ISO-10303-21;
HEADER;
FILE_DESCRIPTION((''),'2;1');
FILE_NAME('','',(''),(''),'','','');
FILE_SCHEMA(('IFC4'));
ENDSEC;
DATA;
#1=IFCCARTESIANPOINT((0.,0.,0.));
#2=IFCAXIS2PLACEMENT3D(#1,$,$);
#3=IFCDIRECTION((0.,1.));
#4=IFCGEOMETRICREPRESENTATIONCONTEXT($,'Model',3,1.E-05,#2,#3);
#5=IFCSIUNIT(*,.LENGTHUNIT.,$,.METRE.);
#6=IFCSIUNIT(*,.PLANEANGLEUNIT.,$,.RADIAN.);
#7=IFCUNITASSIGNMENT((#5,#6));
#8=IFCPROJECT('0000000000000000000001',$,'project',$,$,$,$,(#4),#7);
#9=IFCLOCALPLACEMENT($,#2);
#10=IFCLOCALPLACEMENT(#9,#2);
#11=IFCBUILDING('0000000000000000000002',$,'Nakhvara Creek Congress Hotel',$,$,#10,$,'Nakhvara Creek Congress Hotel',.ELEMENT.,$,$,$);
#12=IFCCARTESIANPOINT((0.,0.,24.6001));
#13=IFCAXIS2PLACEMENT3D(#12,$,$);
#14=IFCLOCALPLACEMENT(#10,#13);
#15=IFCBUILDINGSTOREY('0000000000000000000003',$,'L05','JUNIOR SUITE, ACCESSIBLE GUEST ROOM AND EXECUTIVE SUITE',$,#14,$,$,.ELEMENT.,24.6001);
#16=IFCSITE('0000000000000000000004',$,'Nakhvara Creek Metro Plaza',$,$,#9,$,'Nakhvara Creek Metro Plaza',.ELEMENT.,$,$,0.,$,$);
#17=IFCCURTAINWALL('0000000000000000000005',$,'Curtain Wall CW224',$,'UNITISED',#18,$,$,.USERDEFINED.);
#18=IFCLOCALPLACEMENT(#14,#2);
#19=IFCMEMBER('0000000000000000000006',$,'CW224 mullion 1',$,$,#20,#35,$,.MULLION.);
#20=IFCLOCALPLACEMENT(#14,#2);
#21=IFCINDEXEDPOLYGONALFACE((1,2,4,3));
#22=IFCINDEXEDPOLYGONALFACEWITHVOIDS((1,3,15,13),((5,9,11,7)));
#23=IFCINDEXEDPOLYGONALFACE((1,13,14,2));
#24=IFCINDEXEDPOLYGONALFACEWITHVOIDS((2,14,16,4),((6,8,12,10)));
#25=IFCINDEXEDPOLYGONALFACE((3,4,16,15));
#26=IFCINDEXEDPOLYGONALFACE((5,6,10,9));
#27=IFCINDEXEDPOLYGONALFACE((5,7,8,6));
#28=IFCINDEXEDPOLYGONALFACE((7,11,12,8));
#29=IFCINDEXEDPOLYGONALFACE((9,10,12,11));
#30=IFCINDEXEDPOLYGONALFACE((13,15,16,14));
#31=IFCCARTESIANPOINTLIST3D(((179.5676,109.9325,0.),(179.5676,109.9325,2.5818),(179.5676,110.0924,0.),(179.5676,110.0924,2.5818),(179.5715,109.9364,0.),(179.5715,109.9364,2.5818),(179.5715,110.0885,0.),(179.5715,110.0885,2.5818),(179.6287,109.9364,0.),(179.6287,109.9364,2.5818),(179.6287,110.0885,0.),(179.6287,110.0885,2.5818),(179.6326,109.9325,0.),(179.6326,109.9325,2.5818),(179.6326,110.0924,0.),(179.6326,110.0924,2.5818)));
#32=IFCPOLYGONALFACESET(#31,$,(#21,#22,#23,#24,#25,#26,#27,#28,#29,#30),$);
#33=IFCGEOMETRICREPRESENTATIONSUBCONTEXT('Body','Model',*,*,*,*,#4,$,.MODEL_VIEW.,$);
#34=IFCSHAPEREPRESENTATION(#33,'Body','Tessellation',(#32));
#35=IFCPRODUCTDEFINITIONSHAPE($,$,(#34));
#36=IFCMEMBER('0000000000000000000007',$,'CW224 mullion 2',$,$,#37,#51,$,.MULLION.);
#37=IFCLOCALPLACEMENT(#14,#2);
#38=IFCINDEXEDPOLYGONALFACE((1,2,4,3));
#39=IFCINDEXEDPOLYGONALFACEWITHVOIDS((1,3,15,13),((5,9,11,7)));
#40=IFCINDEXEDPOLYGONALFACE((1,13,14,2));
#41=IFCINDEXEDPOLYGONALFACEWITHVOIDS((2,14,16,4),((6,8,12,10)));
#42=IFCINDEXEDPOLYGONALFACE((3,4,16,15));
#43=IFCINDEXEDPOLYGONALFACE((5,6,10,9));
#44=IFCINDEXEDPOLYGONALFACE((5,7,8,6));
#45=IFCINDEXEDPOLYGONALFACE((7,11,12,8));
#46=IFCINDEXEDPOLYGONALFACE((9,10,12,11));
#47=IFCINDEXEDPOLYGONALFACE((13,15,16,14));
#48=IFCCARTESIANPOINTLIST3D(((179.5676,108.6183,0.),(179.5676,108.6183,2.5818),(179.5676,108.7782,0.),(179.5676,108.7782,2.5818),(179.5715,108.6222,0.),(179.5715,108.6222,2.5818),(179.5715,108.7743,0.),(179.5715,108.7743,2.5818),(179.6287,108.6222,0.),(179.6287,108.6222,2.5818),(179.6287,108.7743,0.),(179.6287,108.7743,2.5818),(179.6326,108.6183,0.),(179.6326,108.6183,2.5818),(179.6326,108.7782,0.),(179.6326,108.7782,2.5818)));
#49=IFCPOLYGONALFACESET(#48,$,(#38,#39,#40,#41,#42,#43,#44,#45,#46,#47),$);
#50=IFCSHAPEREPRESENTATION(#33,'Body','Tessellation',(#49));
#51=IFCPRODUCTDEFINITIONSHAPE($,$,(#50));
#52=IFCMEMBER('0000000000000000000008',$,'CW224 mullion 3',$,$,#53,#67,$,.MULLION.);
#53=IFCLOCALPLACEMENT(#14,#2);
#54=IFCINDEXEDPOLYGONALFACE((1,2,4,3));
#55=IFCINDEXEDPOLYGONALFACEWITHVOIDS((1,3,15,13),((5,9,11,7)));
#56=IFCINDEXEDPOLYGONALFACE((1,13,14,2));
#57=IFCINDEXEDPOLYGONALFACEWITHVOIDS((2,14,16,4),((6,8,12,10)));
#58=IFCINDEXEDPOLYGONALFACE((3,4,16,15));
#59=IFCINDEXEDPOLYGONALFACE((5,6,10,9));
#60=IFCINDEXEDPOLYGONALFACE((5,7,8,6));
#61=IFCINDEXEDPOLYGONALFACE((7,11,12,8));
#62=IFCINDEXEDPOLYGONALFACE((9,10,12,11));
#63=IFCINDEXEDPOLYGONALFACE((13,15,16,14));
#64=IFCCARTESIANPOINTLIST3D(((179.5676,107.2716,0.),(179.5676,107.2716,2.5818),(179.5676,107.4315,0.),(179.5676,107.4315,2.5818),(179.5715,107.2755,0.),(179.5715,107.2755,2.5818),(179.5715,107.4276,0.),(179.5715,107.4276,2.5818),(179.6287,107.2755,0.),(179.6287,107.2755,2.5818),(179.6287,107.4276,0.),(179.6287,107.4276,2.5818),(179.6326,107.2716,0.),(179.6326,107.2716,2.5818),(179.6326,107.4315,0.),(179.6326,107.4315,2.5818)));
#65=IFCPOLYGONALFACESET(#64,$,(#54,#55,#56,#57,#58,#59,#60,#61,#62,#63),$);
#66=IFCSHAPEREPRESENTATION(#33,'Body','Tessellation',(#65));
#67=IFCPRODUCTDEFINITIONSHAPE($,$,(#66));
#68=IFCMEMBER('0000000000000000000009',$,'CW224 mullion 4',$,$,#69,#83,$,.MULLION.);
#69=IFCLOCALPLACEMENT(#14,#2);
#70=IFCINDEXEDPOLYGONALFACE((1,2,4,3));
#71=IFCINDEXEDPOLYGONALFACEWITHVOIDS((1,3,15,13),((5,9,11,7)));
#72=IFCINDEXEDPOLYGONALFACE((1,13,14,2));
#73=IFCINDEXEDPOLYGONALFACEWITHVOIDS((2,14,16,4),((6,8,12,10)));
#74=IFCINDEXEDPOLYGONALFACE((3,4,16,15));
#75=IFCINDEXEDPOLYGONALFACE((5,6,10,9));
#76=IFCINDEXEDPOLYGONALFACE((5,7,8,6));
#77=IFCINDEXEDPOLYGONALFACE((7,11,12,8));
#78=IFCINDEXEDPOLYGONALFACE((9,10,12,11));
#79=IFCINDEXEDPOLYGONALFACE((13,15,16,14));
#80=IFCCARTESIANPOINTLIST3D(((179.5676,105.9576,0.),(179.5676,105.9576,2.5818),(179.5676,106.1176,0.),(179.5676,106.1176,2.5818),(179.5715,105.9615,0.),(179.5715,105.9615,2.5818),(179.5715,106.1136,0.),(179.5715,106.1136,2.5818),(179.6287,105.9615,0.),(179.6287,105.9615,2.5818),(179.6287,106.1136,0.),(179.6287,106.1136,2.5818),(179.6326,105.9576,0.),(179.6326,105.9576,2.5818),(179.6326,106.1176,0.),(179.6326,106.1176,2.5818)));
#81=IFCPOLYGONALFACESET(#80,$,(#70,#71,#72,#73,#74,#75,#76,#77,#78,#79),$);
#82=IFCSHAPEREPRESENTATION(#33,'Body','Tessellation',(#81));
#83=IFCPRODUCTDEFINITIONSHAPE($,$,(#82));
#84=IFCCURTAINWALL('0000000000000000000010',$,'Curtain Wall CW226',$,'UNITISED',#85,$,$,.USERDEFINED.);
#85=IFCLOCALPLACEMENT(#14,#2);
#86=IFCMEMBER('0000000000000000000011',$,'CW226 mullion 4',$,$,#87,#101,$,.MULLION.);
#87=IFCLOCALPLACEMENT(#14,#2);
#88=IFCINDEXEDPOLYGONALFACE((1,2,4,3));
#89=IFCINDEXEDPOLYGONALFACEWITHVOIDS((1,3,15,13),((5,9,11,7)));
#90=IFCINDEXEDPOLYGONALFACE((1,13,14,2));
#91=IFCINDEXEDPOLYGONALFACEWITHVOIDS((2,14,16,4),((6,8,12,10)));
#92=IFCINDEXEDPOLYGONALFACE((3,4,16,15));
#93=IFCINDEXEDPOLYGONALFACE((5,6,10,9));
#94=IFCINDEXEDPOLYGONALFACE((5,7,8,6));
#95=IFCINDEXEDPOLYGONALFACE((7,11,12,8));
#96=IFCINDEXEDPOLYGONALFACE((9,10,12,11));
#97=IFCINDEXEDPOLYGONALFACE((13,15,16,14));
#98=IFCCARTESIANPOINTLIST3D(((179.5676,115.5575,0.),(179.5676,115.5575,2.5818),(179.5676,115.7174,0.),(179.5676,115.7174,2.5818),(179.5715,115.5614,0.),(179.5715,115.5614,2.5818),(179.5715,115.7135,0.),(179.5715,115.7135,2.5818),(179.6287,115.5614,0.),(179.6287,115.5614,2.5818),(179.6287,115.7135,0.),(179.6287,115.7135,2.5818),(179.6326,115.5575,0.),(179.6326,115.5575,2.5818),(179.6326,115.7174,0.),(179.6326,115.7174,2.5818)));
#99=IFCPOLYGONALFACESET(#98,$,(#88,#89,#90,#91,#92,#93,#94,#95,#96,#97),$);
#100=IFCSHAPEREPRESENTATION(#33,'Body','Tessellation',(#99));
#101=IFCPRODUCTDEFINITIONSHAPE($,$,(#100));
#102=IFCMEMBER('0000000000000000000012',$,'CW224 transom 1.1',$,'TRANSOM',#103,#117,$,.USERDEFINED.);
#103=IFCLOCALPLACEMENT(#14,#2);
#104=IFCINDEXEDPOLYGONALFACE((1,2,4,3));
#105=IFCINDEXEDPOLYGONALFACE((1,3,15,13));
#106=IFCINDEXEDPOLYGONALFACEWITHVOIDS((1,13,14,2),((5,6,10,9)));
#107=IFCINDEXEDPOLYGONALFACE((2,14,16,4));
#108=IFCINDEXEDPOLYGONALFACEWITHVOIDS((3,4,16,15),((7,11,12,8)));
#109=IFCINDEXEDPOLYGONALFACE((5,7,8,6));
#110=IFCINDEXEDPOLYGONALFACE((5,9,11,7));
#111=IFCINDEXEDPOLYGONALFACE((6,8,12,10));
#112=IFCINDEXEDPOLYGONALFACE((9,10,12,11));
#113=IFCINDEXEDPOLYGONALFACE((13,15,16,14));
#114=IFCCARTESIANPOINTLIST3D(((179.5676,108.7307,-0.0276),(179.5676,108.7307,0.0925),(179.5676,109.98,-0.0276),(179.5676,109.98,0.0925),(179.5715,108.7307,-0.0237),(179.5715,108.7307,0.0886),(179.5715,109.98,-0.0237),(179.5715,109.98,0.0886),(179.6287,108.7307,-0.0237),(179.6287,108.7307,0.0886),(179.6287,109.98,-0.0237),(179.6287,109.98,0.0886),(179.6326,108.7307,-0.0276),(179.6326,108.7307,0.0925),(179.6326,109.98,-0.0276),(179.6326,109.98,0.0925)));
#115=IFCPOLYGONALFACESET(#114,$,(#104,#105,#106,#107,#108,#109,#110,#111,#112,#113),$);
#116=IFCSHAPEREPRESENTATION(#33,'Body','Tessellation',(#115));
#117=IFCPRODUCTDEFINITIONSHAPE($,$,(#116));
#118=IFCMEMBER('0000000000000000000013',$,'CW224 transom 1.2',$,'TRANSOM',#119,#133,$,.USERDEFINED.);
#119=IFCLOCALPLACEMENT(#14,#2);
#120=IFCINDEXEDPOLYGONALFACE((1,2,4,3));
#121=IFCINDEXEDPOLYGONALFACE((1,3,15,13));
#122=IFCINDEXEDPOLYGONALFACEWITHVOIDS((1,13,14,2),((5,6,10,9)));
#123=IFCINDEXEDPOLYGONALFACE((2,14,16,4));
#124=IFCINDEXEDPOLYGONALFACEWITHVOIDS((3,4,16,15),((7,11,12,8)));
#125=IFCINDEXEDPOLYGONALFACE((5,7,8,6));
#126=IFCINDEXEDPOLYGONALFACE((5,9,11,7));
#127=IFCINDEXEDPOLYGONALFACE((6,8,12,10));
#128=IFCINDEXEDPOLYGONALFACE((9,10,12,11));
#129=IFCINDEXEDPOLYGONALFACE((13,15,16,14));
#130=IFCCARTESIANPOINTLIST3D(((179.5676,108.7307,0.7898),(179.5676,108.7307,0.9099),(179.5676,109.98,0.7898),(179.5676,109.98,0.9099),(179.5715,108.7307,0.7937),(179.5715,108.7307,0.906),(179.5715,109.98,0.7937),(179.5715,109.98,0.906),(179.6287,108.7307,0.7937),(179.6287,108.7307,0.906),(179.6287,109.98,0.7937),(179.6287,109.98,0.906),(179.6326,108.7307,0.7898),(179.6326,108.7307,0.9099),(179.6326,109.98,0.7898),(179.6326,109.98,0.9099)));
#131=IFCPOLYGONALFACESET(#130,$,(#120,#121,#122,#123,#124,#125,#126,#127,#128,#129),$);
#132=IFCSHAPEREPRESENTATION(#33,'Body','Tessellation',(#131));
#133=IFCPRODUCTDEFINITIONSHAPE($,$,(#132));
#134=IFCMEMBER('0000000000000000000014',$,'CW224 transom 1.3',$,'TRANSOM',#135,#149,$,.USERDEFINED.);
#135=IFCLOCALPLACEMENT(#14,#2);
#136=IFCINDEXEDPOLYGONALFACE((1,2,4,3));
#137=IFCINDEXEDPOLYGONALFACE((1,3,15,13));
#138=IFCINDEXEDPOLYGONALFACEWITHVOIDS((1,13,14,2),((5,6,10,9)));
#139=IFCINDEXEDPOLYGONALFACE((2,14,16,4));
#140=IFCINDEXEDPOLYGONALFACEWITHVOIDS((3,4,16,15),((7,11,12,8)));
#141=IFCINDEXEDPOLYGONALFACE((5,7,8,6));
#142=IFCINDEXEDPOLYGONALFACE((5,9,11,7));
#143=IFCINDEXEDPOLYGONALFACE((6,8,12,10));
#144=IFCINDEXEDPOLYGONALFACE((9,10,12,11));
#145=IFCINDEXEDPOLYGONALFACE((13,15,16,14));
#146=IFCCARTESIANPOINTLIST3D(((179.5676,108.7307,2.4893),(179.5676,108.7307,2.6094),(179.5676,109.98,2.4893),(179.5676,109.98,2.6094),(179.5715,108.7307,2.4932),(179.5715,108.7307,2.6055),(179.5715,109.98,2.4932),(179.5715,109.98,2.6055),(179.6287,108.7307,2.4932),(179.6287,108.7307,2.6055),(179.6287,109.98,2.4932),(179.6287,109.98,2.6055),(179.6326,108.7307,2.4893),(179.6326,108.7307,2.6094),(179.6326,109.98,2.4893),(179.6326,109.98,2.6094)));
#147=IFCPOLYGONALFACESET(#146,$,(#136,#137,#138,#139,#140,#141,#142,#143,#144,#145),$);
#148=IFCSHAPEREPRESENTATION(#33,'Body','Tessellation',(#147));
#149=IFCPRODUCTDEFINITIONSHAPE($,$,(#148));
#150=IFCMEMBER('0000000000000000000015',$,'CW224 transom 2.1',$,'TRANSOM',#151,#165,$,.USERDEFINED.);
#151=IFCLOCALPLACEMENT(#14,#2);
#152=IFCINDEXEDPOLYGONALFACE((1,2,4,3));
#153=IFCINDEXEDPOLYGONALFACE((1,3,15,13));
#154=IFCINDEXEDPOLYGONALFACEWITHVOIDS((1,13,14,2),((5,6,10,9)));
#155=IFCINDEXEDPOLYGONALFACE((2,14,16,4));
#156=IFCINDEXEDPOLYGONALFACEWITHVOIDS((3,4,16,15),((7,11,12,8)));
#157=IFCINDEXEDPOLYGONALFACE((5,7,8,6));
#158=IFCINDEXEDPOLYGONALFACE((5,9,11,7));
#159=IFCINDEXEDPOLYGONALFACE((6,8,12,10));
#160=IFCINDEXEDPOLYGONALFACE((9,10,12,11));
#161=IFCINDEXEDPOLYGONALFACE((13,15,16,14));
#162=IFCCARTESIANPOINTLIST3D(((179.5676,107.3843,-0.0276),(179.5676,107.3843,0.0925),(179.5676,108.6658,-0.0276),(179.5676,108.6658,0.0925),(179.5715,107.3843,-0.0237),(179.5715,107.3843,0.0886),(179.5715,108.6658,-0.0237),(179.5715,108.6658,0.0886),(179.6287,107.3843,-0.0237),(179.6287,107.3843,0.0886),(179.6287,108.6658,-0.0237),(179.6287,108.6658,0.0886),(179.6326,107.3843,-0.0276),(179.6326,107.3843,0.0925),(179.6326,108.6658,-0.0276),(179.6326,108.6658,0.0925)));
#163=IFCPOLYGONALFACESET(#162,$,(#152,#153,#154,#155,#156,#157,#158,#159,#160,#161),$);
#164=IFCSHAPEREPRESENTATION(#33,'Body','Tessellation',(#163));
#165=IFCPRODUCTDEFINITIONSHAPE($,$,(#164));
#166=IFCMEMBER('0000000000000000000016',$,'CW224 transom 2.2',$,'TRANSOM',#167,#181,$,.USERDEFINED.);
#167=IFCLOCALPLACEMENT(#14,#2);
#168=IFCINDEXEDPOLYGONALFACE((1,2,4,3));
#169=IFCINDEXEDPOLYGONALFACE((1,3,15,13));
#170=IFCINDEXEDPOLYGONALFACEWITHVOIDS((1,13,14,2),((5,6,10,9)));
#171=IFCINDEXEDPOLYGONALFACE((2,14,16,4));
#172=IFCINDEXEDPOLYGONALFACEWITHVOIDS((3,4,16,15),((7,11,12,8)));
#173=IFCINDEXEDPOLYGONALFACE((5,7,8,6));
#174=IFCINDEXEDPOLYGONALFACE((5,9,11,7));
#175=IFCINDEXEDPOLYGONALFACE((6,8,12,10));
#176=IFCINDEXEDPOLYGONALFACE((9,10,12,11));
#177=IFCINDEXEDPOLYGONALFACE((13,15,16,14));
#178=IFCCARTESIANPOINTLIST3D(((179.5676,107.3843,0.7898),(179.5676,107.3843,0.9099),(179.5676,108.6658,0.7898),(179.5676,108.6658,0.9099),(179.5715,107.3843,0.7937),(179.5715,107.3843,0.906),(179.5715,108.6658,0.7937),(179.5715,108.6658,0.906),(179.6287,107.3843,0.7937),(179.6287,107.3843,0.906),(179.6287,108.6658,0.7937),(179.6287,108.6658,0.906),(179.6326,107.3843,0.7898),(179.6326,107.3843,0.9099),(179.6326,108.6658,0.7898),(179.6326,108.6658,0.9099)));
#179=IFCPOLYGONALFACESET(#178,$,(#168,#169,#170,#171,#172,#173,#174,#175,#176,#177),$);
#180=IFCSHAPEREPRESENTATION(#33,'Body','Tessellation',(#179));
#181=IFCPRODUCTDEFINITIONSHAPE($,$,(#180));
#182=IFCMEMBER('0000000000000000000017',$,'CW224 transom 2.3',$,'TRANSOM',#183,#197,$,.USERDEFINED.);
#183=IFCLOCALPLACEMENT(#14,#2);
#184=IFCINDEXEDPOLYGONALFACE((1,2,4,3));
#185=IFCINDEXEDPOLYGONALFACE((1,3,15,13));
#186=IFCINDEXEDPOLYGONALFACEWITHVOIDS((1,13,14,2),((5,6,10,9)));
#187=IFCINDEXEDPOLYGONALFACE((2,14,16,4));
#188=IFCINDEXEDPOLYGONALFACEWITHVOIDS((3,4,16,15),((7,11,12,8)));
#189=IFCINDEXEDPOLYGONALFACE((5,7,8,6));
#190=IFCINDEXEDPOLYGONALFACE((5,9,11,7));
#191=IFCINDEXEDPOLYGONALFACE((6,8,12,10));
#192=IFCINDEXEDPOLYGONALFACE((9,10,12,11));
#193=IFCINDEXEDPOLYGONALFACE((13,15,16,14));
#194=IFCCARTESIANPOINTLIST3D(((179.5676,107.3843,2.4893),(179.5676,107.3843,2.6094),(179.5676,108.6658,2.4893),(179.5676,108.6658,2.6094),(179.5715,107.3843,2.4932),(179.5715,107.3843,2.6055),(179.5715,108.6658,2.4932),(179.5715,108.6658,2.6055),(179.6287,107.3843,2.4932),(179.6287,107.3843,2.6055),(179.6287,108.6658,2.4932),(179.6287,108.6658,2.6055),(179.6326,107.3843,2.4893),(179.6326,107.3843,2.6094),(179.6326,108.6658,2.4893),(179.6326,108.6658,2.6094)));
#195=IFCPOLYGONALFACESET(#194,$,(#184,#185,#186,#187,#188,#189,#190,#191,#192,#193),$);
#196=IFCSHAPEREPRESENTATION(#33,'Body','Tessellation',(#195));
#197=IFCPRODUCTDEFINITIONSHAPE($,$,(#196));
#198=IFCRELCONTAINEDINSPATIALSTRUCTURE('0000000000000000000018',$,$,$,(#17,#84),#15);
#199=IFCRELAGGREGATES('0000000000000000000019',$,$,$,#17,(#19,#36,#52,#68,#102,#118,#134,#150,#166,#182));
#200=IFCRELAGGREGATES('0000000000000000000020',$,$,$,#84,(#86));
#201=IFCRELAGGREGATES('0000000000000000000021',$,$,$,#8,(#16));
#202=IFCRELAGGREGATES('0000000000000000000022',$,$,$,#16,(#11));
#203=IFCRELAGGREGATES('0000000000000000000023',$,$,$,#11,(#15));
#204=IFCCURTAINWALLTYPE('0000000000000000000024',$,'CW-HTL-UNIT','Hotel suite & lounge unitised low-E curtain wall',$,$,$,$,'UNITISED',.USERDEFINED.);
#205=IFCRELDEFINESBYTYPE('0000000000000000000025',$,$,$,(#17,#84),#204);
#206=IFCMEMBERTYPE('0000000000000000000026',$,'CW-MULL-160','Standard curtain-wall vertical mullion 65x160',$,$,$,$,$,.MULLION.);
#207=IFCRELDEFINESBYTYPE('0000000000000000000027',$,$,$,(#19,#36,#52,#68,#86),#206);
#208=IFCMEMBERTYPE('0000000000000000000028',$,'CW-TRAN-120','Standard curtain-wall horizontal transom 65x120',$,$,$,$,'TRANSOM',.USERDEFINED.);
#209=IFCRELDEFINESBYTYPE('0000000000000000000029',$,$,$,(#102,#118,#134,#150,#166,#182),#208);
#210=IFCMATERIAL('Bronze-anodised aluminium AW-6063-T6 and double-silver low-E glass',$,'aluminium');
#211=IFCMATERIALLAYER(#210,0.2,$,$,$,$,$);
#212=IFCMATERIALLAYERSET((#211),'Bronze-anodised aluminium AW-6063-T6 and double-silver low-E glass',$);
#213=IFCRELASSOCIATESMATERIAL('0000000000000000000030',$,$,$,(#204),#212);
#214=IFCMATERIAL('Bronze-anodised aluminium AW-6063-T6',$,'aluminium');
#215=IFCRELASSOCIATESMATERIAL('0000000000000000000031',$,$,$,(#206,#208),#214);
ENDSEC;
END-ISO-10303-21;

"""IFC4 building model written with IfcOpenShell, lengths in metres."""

from ifc_helpers import new_model, si_unit, direction, frame, origin, origin_2d, place, context, subcontext, project, spatial, hollow_rectangle, extrude, material, layer, layer_set, material_profile, profile_set, type_object, element, aggregate, save


model = new_model("IFC4")

# Units and contexts
model_context = context("Model", 3, precision=1e-05, world=origin(), true_north=direction((0.0, 1.0)))
body_context = subcontext(model_context, "Body", "Model", "MODEL_VIEW")
ifc_project = project(units=[si_unit("LENGTHUNIT", "METRE"), si_unit("PLANEANGLEUNIT", "RADIAN")], contexts=[model_context])

# Site, building, storey
site_placement = place(None, origin())
site = spatial("IfcSite", under=ifc_project, at=site_placement, Name="Nakhvara Creek Metro Plaza", LongName="Nakhvara Creek Metro Plaza", CompositionType="ELEMENT", RefElevation=0.0)
building_placement = place(site_placement, origin())
building = spatial("IfcBuilding", under=site, at=building_placement, Name="Nakhvara Creek Congress Hotel", LongName="Nakhvara Creek Congress Hotel", CompositionType="ELEMENT")
storey_placement = place(building_placement, frame((0.0, 0.0, 24.6001)))
storey = spatial("IfcBuildingStorey", under=building, at=storey_placement, Name="L05", Description="JUNIOR SUITE, ACCESSIBLE GUEST ROOM AND EXECUTIVE SUITE", CompositionType="ELEMENT", Elevation=24.6001)

# Curtain wall, members
ifc_material_1 = material(Name="Bronze-anodised aluminium AW-6063-T6 and double-silver low-E glass", Category="aluminium")
ifc_layer_1 = layer(ifc_material_1, 0.2)
ifc_layer_set_1 = layer_set([ifc_layer_1], Name="Bronze-anodised aluminium AW-6063-T6 and double-silver low-E glass")
curtain_wall_type = type_object("IfcCurtainWallType", Name="CW-HTL-UNIT", Description="Hotel suite & lounge unitised low-E curtain wall", ElementType="UNITISED", PredefinedType="USERDEFINED", material=ifc_layer_set_1)
curtain_wall_1_placement = place(storey_placement, origin())
curtain_wall_1 = element("IfcCurtainWall", 1, at=curtain_wall_1_placement, inside=storey, type_object=curtain_wall_type, Name="Curtain Wall CW224", ObjectType="UNITISED", PredefinedType="USERDEFINED")
ifc_material_2 = material(Name="Bronze-anodised aluminium AW-6063-T6", Category="aluminium")
ifc_material_profile_1 = material_profile(ifc_material_2, hollow_rectangle(XDim=0.0649, YDim=0.1599, WallThickness=0.0039, at=origin_2d()), Name="ALU-MULL 65x160x4", Category="LoadBearing")
ifc_profile_set_1 = profile_set([ifc_material_profile_1], Name="Bronze-anodised aluminium AW-6063-T6")
member_type_1 = type_object("IfcMemberType", Name="CW-MULL-160", Description="Standard curtain-wall vertical mullion 65x160", PredefinedType="MULLION", material=ifc_profile_set_1)
member_1_placement = place(storey_placement, frame((179.6001, 110.0125, 0.0), z_axis=(0.0, 0.0, 1.0), x_axis=(1.0, 0.0, 0.0)))
member_1 = element("IfcMember", 2, at=member_1_placement, type_object=member_type_1, Name="CW224 mullion 1", PredefinedType="MULLION", context=body_context, shape_type="SweptSolid", body=[
    extrude(hollow_rectangle(XDim=0.0649, YDim=0.1599, WallThickness=0.0039, at=origin_2d()), origin(), (0.0, 0.0, 1.0), 2.5818),
])
member_2_placement = place(storey_placement, frame((179.6001, 108.6982, 0.0), z_axis=(0.0, 0.0, 1.0), x_axis=(1.0, 0.0, 0.0)))
member_2 = element("IfcMember", 3, at=member_2_placement, type_object=member_type_1, Name="CW224 mullion 2", PredefinedType="MULLION", context=body_context, shape_type="SweptSolid", body=[
    extrude(hollow_rectangle(XDim=0.0649, YDim=0.1599, WallThickness=0.0039, at=origin_2d()), origin(), (0.0, 0.0, 1.0), 2.5818),
])
member_3_placement = place(storey_placement, frame((179.6001, 107.3516, 0.0), z_axis=(0.0, 0.0, 1.0), x_axis=(1.0, 0.0, 0.0)))
member_3 = element("IfcMember", 4, at=member_3_placement, type_object=member_type_1, Name="CW224 mullion 3", PredefinedType="MULLION", context=body_context, shape_type="SweptSolid", body=[
    extrude(hollow_rectangle(XDim=0.0649, YDim=0.1599, WallThickness=0.0039, at=origin_2d()), origin(), (0.0, 0.0, 1.0), 2.5818),
])
member_4_placement = place(storey_placement, frame((179.6001, 106.0376, 0.0), z_axis=(0.0, 0.0, 1.0), x_axis=(1.0, 0.0, 0.0)))
member_4 = element("IfcMember", 5, at=member_4_placement, type_object=member_type_1, Name="CW224 mullion 4", PredefinedType="MULLION", context=body_context, shape_type="SweptSolid", body=[
    extrude(hollow_rectangle(XDim=0.0649, YDim=0.1599, WallThickness=0.0039, at=origin_2d()), origin(), (0.0, 0.0, 1.0), 2.5818),
])

# Curtain wall, member
curtain_wall_2_placement = place(storey_placement, origin())
curtain_wall_2 = element("IfcCurtainWall", 6, at=curtain_wall_2_placement, inside=storey, type_object=curtain_wall_type, Name="Curtain Wall CW226", ObjectType="UNITISED", PredefinedType="USERDEFINED")
member_5_placement = place(storey_placement, frame((179.6001, 115.6375, 0.0), z_axis=(0.0, 0.0, 1.0), x_axis=(1.0, 0.0, 0.0)))
member_5 = element("IfcMember", 7, at=member_5_placement, type_object=member_type_1, Name="CW226 mullion 4", PredefinedType="MULLION", context=body_context, shape_type="SweptSolid", body=[
    extrude(hollow_rectangle(XDim=0.0649, YDim=0.1599, WallThickness=0.0039, at=origin_2d()), origin(), (0.0, 0.0, 1.0), 2.5818),
])

# Members
ifc_material_profile_2 = material_profile(ifc_material_2, hollow_rectangle(XDim=0.0649, YDim=0.1201, WallThickness=0.0039, at=origin_2d()), Name="ALU-TRAN 65x120x4", Category="LoadBearing")
ifc_profile_set_2 = profile_set([ifc_material_profile_2], Name="Bronze-anodised aluminium AW-6063-T6")
member_type_2 = type_object("IfcMemberType", Name="CW-TRAN-120", Description="Standard curtain-wall horizontal transom 65x120", ElementType="TRANSOM", PredefinedType="USERDEFINED", material=ifc_profile_set_2)
member_6_placement = place(storey_placement, frame((179.6001, 109.98, 0.0325), z_axis=(0.0, -1.0, 0.0), x_axis=(1.0, 0.0, 0.0)))
member_6 = element("IfcMember", 8, at=member_6_placement, type_object=member_type_2, Name="CW224 transom 1.1", ObjectType="TRANSOM", PredefinedType="USERDEFINED", context=body_context, shape_type="SweptSolid", body=[
    extrude(hollow_rectangle(XDim=0.0649, YDim=0.1201, WallThickness=0.0039, at=origin_2d()), origin(), (0.0, 0.0, 1.0), 1.2493),
])
member_7_placement = place(storey_placement, frame((179.6001, 109.98, 0.8499), z_axis=(0.0, -1.0, 0.0), x_axis=(1.0, 0.0, 0.0)))
member_7 = element("IfcMember", 9, at=member_7_placement, type_object=member_type_2, Name="CW224 transom 1.2", ObjectType="TRANSOM", PredefinedType="USERDEFINED", context=body_context, shape_type="SweptSolid", body=[
    extrude(hollow_rectangle(XDim=0.0649, YDim=0.1201, WallThickness=0.0039, at=origin_2d()), origin(), (0.0, 0.0, 1.0), 1.2493),
])
member_8_placement = place(storey_placement, frame((179.6001, 109.98, 2.5493), z_axis=(0.0, -1.0, 0.0), x_axis=(1.0, 0.0, 0.0)))
member_8 = element("IfcMember", 10, at=member_8_placement, type_object=member_type_2, Name="CW224 transom 1.3", ObjectType="TRANSOM", PredefinedType="USERDEFINED", context=body_context, shape_type="SweptSolid", body=[
    extrude(hollow_rectangle(XDim=0.0649, YDim=0.1201, WallThickness=0.0039, at=origin_2d()), origin(), (0.0, 0.0, 1.0), 1.2493),
])
member_9_placement = place(storey_placement, frame((179.6001, 108.6658, 0.0325), z_axis=(0.0, -1.0, 0.0), x_axis=(1.0, 0.0, 0.0)))
member_9 = element("IfcMember", 11, at=member_9_placement, type_object=member_type_2, Name="CW224 transom 2.1", ObjectType="TRANSOM", PredefinedType="USERDEFINED", context=body_context, shape_type="SweptSolid", body=[
    extrude(hollow_rectangle(XDim=0.0649, YDim=0.1201, WallThickness=0.0039, at=origin_2d()), origin(), (0.0, 0.0, 1.0), 1.2815),
])
member_10_placement = place(storey_placement, frame((179.6001, 108.6658, 0.8499), z_axis=(0.0, -1.0, 0.0), x_axis=(1.0, 0.0, 0.0)))
member_10 = element("IfcMember", 12, at=member_10_placement, type_object=member_type_2, Name="CW224 transom 2.2", ObjectType="TRANSOM", PredefinedType="USERDEFINED", context=body_context, shape_type="SweptSolid", body=[
    extrude(hollow_rectangle(XDim=0.0649, YDim=0.1201, WallThickness=0.0039, at=origin_2d()), origin(), (0.0, 0.0, 1.0), 1.2815),
])
member_11_placement = place(storey_placement, frame((179.6001, 108.6658, 2.5493), z_axis=(0.0, -1.0, 0.0), x_axis=(1.0, 0.0, 0.0)))
member_11 = element("IfcMember", 13, at=member_11_placement, type_object=member_type_2, Name="CW224 transom 2.3", ObjectType="TRANSOM", PredefinedType="USERDEFINED", context=body_context, shape_type="SweptSolid", body=[
    extrude(hollow_rectangle(XDim=0.0649, YDim=0.1201, WallThickness=0.0039, at=origin_2d()), origin(), (0.0, 0.0, 1.0), 1.2815),
])

aggregate(curtain_wall_1, [member_1, member_2, member_3, member_4, member_6, member_7, member_8, member_9, member_10, member_11])
aggregate(curtain_wall_2, [member_5])

save(model, "model.ifc")
